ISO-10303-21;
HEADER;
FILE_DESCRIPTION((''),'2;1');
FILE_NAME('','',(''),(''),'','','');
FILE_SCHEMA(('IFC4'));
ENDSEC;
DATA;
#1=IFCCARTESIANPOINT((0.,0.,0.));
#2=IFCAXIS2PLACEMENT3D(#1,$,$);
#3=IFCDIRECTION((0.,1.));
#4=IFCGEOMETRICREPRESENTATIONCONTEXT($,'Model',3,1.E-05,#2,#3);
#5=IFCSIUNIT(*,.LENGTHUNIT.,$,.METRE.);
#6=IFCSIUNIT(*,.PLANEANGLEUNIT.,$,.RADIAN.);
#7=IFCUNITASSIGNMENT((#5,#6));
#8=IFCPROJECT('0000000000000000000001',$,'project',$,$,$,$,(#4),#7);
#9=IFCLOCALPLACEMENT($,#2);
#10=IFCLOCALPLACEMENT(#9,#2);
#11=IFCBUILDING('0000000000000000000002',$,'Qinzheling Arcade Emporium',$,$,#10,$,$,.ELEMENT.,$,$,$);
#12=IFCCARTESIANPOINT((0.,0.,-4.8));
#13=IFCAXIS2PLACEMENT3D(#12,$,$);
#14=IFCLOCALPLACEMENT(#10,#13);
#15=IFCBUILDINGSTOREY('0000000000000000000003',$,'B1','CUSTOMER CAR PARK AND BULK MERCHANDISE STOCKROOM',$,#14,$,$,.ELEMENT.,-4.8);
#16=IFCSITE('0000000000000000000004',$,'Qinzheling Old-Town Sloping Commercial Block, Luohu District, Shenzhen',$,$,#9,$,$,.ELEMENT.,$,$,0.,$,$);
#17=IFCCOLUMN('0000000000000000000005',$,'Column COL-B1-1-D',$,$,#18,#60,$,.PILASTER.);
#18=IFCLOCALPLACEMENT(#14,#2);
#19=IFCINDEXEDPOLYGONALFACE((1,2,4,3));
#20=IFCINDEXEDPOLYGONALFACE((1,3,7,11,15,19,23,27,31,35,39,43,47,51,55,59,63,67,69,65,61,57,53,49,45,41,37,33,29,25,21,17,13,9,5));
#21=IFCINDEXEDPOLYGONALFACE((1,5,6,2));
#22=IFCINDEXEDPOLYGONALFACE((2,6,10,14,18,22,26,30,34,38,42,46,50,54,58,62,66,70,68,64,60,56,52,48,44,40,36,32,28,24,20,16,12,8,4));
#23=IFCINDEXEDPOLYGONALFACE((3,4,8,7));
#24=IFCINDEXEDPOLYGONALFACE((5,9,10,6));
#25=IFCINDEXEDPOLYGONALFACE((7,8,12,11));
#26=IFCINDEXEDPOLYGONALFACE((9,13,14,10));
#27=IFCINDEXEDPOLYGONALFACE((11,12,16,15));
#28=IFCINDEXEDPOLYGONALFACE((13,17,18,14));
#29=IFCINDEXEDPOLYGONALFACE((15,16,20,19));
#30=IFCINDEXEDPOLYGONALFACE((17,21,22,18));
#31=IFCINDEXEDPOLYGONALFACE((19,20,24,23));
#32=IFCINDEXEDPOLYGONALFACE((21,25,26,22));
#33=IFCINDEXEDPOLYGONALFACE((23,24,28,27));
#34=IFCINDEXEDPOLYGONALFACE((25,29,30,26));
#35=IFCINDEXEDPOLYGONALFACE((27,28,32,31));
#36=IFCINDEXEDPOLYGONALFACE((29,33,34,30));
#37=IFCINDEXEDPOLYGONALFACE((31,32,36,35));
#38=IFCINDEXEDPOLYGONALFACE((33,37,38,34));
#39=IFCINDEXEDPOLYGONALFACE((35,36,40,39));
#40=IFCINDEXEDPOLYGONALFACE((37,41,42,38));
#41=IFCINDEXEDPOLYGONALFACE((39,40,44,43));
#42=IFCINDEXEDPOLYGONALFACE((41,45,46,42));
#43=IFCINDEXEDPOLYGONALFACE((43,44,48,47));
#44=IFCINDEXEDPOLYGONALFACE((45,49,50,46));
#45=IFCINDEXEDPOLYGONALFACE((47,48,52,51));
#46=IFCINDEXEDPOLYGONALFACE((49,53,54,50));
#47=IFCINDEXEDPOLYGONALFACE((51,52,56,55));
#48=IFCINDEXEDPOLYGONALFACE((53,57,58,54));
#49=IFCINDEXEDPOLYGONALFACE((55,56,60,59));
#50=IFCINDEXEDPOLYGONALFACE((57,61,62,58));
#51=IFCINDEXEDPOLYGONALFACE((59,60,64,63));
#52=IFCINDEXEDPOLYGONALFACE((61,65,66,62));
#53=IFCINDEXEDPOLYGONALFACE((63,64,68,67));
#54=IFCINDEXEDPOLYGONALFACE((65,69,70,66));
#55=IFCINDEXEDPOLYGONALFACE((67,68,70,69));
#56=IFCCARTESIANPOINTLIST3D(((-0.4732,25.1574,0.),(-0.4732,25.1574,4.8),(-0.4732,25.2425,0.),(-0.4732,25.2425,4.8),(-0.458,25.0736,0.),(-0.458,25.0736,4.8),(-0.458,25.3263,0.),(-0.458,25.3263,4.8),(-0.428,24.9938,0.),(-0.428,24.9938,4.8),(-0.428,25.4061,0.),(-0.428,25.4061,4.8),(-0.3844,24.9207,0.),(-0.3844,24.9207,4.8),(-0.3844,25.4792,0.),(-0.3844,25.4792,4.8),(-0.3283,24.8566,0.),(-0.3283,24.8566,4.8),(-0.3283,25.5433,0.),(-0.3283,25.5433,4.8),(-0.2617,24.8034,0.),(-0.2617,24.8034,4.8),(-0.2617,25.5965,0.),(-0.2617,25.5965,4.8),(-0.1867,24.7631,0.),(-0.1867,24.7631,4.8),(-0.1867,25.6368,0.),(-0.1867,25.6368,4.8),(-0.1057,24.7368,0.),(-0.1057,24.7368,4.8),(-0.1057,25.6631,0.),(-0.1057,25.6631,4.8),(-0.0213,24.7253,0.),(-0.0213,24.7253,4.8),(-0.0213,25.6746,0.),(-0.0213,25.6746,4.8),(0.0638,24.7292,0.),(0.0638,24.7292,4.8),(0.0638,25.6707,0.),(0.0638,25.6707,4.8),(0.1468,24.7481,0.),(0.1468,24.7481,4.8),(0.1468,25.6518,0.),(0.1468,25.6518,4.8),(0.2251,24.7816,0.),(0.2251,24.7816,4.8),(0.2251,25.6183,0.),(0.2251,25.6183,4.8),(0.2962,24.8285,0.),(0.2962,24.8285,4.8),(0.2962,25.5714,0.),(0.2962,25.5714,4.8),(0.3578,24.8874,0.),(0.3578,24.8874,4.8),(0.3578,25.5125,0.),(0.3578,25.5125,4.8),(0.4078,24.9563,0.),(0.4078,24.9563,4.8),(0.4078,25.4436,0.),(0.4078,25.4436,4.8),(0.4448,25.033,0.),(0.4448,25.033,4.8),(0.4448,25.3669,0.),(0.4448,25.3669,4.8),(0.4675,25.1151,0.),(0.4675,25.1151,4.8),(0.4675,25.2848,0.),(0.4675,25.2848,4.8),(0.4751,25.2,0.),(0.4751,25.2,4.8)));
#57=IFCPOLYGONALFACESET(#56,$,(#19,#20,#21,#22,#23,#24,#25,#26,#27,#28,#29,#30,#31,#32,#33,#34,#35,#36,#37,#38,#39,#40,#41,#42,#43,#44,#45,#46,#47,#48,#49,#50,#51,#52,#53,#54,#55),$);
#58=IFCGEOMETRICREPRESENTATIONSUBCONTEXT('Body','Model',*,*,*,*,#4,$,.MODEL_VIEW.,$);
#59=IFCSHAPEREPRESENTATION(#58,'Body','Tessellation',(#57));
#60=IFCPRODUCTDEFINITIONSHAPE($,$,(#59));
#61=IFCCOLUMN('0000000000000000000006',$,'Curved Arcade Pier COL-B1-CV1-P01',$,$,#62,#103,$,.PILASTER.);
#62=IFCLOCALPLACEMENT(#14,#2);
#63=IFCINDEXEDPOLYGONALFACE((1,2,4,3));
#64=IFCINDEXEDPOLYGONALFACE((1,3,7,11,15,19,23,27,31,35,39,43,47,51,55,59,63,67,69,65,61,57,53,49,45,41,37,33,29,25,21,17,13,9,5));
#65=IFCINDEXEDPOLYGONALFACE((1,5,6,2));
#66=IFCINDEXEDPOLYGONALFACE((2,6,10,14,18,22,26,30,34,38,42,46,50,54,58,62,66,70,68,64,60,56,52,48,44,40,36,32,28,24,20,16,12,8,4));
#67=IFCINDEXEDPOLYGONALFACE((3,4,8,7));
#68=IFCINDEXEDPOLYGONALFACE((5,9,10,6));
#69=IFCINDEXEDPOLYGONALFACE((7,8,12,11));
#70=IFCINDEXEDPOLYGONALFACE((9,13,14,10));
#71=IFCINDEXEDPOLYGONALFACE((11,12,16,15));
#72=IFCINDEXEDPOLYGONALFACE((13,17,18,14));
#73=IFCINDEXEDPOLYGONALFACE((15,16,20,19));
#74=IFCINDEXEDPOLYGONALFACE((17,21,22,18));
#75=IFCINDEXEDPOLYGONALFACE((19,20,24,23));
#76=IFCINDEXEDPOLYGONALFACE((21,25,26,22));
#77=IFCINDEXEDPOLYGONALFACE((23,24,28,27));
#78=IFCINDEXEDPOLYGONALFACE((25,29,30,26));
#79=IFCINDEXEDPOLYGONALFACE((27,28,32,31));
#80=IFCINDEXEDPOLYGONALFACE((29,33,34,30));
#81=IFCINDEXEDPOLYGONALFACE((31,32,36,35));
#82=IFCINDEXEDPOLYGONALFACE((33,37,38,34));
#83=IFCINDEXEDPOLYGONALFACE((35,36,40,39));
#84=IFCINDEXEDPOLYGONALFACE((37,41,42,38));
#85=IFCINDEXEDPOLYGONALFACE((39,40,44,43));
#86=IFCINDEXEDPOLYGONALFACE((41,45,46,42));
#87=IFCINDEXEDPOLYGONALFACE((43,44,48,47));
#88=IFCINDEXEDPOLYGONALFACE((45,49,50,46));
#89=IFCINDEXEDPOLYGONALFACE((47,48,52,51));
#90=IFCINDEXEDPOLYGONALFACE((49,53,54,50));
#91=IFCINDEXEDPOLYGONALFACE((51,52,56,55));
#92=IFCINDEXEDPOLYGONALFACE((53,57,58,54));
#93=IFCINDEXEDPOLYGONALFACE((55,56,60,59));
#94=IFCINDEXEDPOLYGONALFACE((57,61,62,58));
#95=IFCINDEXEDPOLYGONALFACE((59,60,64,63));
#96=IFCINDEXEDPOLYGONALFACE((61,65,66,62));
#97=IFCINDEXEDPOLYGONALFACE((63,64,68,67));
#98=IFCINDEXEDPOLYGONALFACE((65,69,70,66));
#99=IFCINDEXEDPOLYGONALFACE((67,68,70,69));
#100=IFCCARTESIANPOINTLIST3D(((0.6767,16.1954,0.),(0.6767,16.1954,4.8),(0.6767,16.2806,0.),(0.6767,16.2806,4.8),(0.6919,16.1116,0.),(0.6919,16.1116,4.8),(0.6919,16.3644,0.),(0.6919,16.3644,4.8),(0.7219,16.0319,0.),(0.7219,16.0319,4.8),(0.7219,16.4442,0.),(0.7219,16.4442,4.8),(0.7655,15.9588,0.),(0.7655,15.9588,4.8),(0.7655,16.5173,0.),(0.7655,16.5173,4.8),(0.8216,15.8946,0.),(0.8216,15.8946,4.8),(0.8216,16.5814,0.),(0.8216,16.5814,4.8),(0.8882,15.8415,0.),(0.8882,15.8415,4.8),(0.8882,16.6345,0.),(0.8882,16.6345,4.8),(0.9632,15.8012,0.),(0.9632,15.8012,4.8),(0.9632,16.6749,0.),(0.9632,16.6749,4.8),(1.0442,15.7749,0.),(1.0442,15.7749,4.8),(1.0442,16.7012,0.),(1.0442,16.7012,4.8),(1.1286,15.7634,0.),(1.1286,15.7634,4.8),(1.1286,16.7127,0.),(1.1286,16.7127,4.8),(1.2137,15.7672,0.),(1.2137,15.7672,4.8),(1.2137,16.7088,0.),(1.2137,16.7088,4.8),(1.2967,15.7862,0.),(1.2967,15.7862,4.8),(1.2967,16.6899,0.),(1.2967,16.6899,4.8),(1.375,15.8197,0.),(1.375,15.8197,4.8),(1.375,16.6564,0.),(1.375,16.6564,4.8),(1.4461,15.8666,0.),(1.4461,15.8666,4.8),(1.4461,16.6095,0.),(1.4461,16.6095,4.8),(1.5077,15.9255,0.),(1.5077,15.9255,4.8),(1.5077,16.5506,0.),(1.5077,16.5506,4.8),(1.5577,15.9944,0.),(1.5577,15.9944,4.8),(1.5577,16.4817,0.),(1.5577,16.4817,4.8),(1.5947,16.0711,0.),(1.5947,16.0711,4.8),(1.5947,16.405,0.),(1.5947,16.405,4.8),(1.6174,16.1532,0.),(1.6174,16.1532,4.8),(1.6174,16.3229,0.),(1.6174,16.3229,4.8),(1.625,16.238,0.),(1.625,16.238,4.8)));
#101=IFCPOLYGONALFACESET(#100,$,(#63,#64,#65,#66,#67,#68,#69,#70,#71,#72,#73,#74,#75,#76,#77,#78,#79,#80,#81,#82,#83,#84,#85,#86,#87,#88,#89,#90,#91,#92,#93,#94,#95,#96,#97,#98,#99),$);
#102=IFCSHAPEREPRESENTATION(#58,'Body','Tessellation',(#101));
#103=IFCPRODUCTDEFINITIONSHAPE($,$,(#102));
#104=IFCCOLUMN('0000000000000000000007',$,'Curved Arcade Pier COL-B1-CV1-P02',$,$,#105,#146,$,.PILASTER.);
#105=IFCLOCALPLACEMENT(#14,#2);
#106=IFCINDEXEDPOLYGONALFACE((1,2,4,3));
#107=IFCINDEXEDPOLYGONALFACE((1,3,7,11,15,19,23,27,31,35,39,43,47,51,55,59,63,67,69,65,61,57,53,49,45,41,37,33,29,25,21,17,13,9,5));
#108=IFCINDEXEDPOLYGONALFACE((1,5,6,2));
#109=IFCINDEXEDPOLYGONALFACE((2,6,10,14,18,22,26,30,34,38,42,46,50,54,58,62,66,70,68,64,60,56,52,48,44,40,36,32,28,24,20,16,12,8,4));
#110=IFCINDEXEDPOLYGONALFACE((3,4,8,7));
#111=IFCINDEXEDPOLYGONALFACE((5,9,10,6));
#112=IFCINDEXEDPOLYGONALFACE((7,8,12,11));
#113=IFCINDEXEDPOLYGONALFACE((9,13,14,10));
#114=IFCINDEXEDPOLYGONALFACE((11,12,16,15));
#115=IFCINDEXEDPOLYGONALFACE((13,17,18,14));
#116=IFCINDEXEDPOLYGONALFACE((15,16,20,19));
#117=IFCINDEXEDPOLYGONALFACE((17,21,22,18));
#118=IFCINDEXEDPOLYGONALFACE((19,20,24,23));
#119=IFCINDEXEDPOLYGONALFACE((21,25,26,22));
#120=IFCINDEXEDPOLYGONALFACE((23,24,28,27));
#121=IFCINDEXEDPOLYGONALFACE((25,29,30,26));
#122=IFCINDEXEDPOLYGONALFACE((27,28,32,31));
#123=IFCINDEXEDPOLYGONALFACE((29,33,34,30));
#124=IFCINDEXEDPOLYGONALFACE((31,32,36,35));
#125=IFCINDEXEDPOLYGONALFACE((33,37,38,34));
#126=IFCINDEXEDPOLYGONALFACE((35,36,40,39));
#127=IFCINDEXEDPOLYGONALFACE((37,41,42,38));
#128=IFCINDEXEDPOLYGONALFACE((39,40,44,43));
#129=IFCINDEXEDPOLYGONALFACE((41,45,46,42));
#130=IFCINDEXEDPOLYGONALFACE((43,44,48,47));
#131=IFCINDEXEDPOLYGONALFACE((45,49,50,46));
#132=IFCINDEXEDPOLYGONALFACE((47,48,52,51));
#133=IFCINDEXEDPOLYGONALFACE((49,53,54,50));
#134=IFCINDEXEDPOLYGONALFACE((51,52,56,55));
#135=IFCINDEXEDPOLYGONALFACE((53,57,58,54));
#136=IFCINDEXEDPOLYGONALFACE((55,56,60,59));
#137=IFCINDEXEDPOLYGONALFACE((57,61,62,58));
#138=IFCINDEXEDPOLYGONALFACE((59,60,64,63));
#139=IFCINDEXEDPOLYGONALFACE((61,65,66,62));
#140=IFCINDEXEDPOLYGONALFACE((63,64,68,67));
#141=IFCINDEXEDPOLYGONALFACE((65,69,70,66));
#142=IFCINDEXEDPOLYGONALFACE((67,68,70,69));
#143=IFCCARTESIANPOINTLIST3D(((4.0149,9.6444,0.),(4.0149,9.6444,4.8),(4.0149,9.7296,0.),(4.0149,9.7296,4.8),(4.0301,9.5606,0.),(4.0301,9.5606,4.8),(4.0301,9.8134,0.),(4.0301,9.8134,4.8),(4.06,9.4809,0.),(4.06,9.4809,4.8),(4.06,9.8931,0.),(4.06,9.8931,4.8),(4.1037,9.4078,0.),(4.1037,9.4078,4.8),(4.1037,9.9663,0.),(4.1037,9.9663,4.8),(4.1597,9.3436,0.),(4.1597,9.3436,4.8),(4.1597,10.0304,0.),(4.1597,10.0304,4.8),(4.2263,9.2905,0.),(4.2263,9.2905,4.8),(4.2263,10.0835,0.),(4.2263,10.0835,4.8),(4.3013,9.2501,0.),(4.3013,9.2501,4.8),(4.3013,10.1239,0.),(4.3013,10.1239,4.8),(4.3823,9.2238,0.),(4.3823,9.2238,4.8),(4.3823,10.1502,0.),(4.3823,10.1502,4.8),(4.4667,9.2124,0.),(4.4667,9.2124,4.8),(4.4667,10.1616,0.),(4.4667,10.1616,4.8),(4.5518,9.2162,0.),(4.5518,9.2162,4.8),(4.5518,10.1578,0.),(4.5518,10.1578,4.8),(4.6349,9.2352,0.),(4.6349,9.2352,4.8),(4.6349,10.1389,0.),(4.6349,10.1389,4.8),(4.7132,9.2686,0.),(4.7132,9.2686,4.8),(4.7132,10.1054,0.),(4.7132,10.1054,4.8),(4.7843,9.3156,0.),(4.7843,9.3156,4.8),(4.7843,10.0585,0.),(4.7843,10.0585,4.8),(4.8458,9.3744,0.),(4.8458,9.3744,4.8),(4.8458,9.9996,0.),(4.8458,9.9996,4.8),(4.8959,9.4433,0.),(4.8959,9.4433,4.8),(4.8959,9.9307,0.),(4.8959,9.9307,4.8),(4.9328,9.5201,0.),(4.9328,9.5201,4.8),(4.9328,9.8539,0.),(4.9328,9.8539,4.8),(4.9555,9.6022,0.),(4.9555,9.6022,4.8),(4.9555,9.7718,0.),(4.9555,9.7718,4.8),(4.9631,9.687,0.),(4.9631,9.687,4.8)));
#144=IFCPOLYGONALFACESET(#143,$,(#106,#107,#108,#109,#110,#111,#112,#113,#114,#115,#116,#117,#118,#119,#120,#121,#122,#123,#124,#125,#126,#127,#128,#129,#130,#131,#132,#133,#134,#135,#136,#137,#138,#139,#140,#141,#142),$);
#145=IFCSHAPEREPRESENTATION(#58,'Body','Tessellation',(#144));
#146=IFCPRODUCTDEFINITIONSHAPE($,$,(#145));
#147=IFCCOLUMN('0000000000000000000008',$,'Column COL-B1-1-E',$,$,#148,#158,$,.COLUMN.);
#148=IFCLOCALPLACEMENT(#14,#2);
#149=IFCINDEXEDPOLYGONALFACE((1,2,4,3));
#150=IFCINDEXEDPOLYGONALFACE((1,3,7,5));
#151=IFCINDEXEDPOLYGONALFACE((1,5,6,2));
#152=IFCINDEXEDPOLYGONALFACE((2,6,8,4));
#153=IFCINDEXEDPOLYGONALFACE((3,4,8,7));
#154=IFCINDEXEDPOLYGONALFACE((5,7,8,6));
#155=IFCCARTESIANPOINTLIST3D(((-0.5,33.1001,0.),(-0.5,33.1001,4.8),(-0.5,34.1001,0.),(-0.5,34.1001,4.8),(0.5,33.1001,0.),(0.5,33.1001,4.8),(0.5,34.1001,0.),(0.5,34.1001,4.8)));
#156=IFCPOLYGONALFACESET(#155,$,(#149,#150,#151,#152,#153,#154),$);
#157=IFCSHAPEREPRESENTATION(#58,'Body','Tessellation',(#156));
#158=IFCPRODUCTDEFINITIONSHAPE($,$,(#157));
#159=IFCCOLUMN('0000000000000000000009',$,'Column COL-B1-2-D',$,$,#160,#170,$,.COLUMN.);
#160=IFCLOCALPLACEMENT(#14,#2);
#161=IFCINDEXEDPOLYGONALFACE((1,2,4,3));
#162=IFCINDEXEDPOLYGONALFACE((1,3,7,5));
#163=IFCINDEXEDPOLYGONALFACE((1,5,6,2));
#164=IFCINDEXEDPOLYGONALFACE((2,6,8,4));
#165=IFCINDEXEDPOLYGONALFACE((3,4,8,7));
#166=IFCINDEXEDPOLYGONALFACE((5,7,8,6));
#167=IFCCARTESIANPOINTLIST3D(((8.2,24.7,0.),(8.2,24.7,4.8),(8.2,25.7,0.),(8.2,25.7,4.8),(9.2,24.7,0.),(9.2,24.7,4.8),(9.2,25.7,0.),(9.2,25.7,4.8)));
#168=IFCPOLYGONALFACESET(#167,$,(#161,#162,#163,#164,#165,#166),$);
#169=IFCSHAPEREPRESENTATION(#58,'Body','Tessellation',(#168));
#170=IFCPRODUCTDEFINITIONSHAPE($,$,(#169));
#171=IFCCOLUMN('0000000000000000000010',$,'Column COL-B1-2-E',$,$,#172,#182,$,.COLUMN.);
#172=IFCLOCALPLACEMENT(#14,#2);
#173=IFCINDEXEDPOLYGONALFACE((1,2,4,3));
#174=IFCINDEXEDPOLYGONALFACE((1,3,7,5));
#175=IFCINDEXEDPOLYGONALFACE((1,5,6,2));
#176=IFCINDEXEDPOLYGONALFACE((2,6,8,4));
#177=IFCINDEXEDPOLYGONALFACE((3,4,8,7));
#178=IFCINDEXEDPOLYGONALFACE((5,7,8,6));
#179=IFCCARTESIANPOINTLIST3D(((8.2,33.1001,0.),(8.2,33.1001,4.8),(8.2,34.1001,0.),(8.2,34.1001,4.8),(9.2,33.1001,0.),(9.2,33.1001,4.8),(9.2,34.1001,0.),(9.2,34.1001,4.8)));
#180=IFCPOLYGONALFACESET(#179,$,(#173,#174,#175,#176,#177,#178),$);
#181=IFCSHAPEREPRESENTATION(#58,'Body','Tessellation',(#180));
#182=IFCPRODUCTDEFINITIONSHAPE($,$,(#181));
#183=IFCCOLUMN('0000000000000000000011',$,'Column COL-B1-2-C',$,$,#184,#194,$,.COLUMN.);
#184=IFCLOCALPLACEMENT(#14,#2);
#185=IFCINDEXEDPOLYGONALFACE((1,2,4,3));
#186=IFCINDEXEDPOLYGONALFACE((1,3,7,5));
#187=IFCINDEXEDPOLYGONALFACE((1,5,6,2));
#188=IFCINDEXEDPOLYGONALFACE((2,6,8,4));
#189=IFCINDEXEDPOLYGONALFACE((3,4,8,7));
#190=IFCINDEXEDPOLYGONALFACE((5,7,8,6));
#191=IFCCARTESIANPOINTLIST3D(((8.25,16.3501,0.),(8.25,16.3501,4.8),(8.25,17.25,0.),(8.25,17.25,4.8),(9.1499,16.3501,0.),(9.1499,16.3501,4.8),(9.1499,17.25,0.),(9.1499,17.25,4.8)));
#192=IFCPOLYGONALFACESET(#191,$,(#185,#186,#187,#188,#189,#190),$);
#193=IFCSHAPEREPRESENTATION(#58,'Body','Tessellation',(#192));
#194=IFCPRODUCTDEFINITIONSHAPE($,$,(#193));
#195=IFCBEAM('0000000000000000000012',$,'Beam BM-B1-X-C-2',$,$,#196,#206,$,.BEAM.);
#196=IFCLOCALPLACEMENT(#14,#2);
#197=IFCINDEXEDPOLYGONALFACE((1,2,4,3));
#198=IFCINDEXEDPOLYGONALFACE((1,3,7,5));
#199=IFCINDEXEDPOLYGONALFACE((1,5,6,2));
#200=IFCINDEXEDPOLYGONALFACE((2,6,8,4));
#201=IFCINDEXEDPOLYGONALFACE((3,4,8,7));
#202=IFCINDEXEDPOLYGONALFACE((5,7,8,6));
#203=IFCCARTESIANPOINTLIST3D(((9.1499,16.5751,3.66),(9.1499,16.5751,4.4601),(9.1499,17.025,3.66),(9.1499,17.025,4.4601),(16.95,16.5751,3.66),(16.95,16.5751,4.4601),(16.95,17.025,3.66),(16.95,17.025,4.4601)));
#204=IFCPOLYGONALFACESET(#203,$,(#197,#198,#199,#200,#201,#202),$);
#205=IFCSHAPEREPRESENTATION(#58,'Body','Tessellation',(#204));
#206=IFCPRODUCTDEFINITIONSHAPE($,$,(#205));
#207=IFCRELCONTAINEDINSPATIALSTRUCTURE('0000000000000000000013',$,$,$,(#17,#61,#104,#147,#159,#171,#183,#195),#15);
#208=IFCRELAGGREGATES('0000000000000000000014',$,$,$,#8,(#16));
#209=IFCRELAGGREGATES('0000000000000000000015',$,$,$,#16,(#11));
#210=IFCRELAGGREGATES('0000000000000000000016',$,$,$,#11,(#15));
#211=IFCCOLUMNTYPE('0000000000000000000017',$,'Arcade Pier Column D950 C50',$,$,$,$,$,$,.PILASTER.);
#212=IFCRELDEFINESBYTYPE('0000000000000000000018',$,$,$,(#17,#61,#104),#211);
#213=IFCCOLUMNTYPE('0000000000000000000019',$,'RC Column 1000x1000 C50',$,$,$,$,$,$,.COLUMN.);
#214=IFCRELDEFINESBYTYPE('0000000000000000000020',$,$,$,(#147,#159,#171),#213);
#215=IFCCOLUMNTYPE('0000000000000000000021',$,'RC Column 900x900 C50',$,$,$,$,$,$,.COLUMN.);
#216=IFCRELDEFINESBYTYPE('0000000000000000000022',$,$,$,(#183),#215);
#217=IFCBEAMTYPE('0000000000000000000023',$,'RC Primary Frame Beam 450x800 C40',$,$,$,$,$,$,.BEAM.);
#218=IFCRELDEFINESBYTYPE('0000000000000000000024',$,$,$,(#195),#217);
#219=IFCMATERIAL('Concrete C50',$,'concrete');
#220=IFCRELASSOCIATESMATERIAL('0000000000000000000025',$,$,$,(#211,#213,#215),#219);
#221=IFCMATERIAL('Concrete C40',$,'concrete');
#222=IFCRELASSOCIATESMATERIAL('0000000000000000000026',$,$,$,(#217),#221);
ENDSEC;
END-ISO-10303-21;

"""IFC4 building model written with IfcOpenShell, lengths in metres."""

from ifc_helpers import new_model, si_unit, direction, frame, origin, origin_2d, place, context, subcontext, project, spatial, rectangle, circle, extrude, material, material_profile, profile_set, type_object, element, save


model = new_model("IFC4")

# Units and contexts
model_context = context("Model", 3, precision=1e-05, world=origin(), true_north=direction((0.0, 1.0)))
body_context = subcontext(model_context, "Body", "Model", "MODEL_VIEW")
ifc_project = project(units=[si_unit("LENGTHUNIT", "METRE"), si_unit("PLANEANGLEUNIT", "RADIAN")], contexts=[model_context])

# Site, building, storey
site_placement = place(None, origin())
site = spatial("IfcSite", under=ifc_project, at=site_placement, Name="Qinzheling Old-Town Sloping Commercial Block, Luohu District, Shenzhen", CompositionType="ELEMENT", RefElevation=0.0)
building_placement = place(site_placement, origin())
building = spatial("IfcBuilding", under=site, at=building_placement, Name="Qinzheling Arcade Emporium", CompositionType="ELEMENT")
storey_placement = place(building_placement, frame((0.0, 0.0, -4.8)))
storey = spatial("IfcBuildingStorey", under=building, at=storey_placement, Name="B1", Description="CUSTOMER CAR PARK AND BULK MERCHANDISE STOCKROOM", CompositionType="ELEMENT", Elevation=-4.8)

# Columns
ifc_material_1 = material(Name="Concrete C50", Category="concrete")
ifc_material_profile_1 = material_profile(ifc_material_1, circle(Radius=0.4751, at=origin_2d()), Name="RC D950", Category="concrete")
ifc_profile_set_1 = profile_set([ifc_material_profile_1], Name="Concrete C50")
column_type_1 = type_object("IfcColumnType", Name="Arcade Pier Column D950 C50", PredefinedType="PILASTER", material=ifc_profile_set_1)
for number, where, z_axis, x_axis, name in (
    (1, (0.0, 25.2, 0.0), (0.0, 0.0, 1.0), (1.0, 0.0, 0.0), "Column COL-B1-1-D"),
    (2, (1.1499, 16.238, 0.0), (0.0, 0.0, 1.0), (1.0, 0.0, 0.0), "Curved Arcade Pier COL-B1-CV1-P01"),
    (3, (4.488, 9.687, 0.0), (0.0, 0.0, 1.0), (1.0, 0.0, 0.0), "Curved Arcade Pier COL-B1-CV1-P02"),
):
    element("IfcColumn", number, at=place(storey_placement, frame(where, z_axis=z_axis, x_axis=x_axis)), inside=storey, type_object=column_type_1, Name=name, PredefinedType="PILASTER", context=body_context, shape_type="SweptSolid", body=[
        extrude(circle(Radius=0.4751, at=origin_2d()), origin(), (0.0, 0.0, 1.0), 4.8),
    ])
ifc_material_profile_2 = material_profile(ifc_material_1, rectangle(XDim=1.0, YDim=1.0, at=origin_2d()), Name="RC 1000x1000", Category="concrete")
ifc_profile_set_2 = profile_set([ifc_material_profile_2], Name="Concrete C50")
column_type_2 = type_object("IfcColumnType", Name="RC Column 1000x1000 C50", PredefinedType="COLUMN", material=ifc_profile_set_2)
for number, where, z_axis, x_axis, name in (
    (4, (0.0, 33.6001, 0.0), (0.0, 0.0, 1.0), (1.0, 0.0, 0.0), "Column COL-B1-1-E"),
    (5, (8.7, 25.2, 0.0), (0.0, 0.0, 1.0), (1.0, 0.0, 0.0), "Column COL-B1-2-D"),
    (6, (8.7, 33.6001, 0.0), (0.0, 0.0, 1.0), (1.0, 0.0, 0.0), "Column COL-B1-2-E"),
):
    element("IfcColumn", number, at=place(storey_placement, frame(where, z_axis=z_axis, x_axis=x_axis)), inside=storey, type_object=column_type_2, Name=name, PredefinedType="COLUMN", context=body_context, shape_type="SweptSolid", body=[
        extrude(rectangle(XDim=1.0, YDim=1.0, at=origin_2d()), origin(), (0.0, 0.0, 1.0), 4.8),
    ])
ifc_material_profile_3 = material_profile(ifc_material_1, rectangle(XDim=0.8999, YDim=0.8999, at=origin_2d()), Name="RC 900x900", Category="concrete")
ifc_profile_set_3 = profile_set([ifc_material_profile_3], Name="Concrete C50")
column_type_3 = type_object("IfcColumnType", Name="RC Column 900x900 C50", PredefinedType="COLUMN", material=ifc_profile_set_3)
column_placement = place(storey_placement, frame((8.7, 16.8, 0.0), z_axis=(0.0, 0.0, 1.0), x_axis=(1.0, 0.0, 0.0)))
element("IfcColumn", 7, at=column_placement, inside=storey, type_object=column_type_3, Name="Column COL-B1-2-C", PredefinedType="COLUMN", context=body_context, shape_type="SweptSolid", body=[
    extrude(rectangle(XDim=0.8999, YDim=0.8999, at=origin_2d()), origin(), (0.0, 0.0, 1.0), 4.8),
])

# Beam
ifc_material_2 = material(Name="Concrete C40", Category="concrete")
ifc_material_profile_4 = material_profile(ifc_material_2, rectangle(XDim=0.45, YDim=0.8, at=origin_2d()), Name="RC 450x800", Category="concrete")
ifc_profile_set_4 = profile_set([ifc_material_profile_4], Name="Concrete C40")
beam_type_1 = type_object("IfcBeamType", Name="RC Primary Frame Beam 450x800 C40", PredefinedType="BEAM", material=ifc_profile_set_4)
beam_1_placement = place(storey_placement, frame((9.1499, 16.8, 4.0601), z_axis=(1.0, 0.0, 0.0), x_axis=(0.0, 1.0, 0.0)))
element("IfcBeam", 8, at=beam_1_placement, inside=storey, type_object=beam_type_1, Name="Beam BM-B1-X-C-2", PredefinedType="BEAM", context=body_context, shape_type="SweptSolid", body=[
    extrude(rectangle(XDim=0.45, YDim=0.8, at=origin_2d()), origin(), (0.0, 0.0, 1.0), 7.8),
])

save(model, "model.ifc")
